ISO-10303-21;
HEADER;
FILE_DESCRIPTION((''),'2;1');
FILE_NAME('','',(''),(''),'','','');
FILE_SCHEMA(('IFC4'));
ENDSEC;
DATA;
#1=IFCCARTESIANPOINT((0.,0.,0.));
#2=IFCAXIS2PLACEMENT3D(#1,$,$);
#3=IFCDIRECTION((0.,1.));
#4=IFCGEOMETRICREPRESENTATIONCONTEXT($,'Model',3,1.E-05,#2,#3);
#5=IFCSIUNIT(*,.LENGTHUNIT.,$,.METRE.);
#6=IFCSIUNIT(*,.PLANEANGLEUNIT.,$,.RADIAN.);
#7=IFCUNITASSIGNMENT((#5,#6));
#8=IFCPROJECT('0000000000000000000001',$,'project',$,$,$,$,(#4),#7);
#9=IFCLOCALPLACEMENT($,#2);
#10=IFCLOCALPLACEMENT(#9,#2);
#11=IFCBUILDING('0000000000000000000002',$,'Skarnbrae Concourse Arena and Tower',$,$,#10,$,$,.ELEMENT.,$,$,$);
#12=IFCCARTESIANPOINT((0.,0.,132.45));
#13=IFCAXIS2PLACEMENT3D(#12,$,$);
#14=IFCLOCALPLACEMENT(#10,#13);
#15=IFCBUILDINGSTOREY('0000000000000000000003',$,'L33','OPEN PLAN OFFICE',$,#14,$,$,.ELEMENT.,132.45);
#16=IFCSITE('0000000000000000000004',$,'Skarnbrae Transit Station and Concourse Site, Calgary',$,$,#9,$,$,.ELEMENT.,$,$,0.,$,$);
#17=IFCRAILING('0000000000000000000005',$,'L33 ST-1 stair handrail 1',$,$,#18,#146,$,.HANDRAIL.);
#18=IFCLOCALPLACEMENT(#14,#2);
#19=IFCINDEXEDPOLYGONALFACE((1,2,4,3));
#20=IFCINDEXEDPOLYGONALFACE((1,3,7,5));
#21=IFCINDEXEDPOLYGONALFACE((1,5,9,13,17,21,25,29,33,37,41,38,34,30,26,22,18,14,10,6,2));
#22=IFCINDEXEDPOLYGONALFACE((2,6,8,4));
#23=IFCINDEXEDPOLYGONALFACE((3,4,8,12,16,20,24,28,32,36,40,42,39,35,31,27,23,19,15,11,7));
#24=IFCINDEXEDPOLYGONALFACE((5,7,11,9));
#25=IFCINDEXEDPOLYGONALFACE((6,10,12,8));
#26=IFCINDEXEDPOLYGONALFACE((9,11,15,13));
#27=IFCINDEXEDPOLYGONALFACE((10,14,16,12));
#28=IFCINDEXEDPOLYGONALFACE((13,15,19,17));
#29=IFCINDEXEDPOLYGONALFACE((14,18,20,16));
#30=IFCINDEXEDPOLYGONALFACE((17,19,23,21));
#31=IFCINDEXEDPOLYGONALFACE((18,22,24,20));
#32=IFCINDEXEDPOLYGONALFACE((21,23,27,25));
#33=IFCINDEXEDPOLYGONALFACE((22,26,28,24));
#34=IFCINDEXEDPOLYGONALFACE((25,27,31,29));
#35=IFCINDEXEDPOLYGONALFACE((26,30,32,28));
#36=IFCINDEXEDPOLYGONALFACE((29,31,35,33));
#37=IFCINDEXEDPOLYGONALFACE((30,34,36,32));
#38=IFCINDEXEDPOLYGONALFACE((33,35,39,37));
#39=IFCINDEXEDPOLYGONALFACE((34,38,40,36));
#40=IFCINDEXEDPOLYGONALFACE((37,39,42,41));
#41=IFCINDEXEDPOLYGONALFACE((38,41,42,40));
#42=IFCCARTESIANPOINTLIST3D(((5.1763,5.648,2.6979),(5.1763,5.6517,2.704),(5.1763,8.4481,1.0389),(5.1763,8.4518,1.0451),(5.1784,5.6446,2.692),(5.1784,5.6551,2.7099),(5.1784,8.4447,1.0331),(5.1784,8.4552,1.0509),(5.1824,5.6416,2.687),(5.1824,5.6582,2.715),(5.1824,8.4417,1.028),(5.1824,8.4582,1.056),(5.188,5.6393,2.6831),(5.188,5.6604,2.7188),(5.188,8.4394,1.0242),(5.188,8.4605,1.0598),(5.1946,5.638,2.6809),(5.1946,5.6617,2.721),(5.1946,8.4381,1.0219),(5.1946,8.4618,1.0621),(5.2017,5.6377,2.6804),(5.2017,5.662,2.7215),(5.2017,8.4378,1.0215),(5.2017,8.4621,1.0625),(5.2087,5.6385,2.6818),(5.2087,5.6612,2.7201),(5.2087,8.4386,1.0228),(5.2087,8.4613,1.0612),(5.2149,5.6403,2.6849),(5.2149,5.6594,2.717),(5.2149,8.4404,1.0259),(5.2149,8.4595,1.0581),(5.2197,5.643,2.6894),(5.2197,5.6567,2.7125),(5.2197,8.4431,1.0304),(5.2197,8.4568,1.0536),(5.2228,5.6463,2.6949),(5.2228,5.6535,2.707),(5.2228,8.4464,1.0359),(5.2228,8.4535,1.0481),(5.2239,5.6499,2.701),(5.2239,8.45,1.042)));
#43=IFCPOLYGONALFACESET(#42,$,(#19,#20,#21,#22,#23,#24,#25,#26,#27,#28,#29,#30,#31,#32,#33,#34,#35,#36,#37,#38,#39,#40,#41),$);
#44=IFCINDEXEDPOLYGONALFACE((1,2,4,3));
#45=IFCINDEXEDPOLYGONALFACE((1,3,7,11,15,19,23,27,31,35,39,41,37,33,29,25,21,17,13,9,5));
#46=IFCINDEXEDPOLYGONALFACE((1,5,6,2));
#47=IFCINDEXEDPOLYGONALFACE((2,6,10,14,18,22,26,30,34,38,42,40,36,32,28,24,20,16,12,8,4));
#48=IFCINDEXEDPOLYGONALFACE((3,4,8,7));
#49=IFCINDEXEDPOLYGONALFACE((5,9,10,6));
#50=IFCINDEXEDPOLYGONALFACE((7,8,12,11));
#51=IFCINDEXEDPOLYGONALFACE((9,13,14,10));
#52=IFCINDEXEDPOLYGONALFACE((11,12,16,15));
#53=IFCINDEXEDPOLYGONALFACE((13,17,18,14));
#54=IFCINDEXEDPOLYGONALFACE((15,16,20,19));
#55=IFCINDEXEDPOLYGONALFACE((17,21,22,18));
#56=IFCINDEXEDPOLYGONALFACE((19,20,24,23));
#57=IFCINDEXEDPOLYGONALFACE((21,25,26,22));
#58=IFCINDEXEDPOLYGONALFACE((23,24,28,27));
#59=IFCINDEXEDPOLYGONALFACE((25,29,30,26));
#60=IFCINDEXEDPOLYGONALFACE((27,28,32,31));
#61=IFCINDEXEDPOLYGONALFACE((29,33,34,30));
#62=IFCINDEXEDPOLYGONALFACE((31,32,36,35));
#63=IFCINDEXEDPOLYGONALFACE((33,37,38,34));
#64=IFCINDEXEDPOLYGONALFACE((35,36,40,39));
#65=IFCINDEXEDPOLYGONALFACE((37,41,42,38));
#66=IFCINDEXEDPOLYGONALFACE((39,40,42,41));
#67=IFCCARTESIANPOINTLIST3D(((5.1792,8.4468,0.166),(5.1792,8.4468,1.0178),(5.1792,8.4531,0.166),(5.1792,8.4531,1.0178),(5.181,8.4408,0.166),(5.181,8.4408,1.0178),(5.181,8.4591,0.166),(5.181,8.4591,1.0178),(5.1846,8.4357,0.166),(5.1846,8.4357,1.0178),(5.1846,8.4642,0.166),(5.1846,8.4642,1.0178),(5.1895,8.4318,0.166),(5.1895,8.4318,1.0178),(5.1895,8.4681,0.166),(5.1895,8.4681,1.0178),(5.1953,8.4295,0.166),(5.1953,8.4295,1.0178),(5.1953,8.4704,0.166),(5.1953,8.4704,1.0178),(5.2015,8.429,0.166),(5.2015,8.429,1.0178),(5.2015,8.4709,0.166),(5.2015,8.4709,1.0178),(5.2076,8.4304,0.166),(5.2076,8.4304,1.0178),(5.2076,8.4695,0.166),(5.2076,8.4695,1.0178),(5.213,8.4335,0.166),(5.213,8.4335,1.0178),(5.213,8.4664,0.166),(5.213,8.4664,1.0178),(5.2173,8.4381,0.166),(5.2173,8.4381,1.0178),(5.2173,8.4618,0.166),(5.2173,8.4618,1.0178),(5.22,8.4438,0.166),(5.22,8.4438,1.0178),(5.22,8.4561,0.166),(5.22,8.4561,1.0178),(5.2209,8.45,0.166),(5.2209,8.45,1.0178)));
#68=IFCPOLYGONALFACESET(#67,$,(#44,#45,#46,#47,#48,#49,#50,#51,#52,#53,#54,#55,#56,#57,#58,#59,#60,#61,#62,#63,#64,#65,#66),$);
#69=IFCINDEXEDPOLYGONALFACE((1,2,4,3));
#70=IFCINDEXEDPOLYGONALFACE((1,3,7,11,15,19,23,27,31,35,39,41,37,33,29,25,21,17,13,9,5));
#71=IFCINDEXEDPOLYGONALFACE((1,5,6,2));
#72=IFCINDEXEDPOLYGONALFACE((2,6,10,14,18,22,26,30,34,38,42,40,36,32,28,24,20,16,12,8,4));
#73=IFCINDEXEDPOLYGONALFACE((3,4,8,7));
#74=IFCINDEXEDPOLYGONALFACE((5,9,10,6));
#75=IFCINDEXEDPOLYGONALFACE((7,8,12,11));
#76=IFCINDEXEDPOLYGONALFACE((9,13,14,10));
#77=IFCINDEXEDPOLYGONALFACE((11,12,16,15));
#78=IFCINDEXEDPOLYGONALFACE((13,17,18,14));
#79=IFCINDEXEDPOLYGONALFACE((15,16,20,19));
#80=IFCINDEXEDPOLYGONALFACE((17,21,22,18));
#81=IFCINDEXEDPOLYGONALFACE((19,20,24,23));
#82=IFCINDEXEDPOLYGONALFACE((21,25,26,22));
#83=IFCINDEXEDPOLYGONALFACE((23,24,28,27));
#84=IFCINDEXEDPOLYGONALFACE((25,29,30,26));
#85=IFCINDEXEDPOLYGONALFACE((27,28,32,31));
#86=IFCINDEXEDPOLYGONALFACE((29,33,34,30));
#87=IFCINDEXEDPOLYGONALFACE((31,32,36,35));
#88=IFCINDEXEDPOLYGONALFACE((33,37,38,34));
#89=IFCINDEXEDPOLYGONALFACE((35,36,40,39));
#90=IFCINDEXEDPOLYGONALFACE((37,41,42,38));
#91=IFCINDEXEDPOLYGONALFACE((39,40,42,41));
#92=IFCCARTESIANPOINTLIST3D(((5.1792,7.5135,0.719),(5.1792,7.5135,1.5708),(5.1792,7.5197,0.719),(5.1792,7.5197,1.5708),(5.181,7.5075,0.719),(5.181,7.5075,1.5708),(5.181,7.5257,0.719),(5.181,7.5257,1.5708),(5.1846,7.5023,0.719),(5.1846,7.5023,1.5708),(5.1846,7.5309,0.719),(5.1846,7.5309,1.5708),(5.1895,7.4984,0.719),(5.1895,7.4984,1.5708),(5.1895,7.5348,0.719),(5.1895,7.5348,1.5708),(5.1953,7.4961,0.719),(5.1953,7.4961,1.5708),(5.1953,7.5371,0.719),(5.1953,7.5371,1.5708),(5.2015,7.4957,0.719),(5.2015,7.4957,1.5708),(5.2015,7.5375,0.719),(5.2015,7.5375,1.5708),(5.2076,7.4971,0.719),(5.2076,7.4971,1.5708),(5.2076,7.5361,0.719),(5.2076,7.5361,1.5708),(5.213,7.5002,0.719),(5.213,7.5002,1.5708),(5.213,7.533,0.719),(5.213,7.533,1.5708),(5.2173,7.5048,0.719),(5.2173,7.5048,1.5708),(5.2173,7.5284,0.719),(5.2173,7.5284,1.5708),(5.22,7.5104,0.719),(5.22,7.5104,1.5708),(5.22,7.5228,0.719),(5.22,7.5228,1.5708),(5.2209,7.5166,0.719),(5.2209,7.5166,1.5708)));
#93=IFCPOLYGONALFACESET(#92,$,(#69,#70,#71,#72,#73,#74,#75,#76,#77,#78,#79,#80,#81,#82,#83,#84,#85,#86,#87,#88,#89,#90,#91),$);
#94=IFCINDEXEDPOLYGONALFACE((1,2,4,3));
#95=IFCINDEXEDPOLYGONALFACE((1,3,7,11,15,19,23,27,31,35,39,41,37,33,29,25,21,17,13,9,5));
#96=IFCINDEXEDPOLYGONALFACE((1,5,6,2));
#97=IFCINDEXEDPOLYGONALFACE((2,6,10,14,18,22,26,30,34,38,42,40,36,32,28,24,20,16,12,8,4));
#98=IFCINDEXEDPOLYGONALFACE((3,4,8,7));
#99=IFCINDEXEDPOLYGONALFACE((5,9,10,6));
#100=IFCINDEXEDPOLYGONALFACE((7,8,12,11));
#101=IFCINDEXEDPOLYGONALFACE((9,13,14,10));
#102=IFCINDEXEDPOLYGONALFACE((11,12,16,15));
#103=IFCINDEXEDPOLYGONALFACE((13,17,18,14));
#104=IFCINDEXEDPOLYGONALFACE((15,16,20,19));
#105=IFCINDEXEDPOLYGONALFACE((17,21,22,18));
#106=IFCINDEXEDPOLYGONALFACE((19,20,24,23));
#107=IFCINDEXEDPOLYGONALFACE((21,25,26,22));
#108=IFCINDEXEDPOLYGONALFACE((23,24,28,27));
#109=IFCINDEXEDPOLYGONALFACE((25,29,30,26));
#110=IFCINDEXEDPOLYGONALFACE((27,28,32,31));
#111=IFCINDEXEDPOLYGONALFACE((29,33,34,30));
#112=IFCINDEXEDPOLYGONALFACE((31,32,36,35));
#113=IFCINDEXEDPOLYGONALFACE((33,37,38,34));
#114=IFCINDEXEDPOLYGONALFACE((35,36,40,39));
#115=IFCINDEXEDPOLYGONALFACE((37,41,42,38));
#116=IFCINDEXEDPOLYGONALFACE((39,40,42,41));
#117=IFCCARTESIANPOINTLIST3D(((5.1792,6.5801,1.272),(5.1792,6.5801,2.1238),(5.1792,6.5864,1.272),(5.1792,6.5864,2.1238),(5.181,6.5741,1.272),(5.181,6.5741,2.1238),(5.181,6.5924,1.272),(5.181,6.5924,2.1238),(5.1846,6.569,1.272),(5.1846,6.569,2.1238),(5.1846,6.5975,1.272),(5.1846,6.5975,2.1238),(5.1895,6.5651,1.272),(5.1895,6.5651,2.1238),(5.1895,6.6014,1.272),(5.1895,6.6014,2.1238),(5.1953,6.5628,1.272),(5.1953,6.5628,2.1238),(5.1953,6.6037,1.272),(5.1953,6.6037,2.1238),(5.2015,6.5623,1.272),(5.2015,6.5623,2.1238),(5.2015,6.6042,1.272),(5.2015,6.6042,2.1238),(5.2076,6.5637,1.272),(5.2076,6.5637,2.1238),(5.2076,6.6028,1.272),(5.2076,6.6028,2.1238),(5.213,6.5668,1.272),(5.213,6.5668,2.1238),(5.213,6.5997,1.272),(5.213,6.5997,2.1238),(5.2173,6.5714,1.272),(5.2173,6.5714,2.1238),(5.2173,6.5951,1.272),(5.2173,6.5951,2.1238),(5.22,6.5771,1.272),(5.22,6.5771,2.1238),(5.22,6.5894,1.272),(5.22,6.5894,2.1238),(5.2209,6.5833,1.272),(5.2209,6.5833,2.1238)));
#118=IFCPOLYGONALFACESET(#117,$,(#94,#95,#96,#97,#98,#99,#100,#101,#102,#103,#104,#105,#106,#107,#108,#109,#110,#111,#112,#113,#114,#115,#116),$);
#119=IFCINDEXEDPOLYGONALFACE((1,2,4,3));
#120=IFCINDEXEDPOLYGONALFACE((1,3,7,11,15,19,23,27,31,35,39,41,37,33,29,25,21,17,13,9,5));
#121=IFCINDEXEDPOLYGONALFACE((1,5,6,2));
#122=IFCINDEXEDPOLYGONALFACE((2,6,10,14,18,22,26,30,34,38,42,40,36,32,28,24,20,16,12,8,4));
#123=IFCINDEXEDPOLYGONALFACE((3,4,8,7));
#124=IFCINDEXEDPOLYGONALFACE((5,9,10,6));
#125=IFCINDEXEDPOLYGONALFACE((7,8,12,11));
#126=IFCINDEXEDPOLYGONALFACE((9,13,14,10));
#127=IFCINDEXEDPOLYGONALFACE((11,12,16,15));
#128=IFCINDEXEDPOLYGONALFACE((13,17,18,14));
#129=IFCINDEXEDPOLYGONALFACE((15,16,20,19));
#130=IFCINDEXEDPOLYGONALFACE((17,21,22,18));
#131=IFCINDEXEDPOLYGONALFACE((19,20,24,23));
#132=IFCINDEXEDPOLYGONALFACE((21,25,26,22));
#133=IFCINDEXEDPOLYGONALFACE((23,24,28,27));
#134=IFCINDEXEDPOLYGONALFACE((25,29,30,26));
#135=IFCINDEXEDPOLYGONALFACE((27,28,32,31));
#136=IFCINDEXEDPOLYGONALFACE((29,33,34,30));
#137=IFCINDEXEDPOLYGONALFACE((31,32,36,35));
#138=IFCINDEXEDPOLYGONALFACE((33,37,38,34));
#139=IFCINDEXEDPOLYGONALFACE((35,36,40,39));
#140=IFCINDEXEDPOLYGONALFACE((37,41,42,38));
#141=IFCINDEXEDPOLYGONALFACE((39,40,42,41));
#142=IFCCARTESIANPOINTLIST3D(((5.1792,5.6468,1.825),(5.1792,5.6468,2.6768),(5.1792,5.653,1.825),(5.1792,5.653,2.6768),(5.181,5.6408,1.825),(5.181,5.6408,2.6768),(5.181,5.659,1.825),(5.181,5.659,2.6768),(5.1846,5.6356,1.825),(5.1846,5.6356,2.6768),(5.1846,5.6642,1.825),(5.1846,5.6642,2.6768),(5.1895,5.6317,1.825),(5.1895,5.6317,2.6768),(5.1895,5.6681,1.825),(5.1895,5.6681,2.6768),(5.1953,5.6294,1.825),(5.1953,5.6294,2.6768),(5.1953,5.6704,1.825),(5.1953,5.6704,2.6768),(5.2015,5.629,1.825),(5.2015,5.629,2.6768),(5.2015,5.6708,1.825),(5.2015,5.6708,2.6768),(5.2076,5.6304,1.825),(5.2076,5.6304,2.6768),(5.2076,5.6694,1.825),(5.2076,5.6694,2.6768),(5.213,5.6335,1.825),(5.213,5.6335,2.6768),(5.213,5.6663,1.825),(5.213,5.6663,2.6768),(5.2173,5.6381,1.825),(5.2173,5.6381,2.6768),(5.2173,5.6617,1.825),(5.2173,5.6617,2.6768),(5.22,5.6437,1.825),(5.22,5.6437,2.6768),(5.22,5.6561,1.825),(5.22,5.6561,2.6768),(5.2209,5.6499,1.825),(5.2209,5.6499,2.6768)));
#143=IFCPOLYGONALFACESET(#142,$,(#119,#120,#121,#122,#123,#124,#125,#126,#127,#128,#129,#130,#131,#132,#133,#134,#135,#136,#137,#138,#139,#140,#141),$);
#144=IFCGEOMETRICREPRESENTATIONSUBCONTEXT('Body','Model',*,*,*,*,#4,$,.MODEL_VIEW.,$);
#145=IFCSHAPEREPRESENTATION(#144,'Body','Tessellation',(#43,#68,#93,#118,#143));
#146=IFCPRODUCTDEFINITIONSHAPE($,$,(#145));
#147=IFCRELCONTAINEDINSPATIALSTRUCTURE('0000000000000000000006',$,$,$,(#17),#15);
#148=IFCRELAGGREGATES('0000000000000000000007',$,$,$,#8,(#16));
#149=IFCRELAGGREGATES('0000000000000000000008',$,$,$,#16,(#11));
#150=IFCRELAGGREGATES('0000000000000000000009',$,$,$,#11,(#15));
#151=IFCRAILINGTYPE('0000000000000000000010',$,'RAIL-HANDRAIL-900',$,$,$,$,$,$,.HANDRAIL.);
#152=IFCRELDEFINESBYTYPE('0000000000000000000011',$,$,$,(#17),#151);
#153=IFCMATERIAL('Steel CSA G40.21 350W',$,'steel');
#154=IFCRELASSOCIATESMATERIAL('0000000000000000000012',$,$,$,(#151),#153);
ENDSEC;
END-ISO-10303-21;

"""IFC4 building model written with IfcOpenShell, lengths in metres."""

from ifc_helpers import new_model, si_unit, direction, frame, origin, origin_2d, place, context, subcontext, project, spatial, circle, extrude, material, type_object, element, save


model = new_model("IFC4")

# Units and contexts
model_context = context("Model", 3, precision=1e-05, world=origin(), true_north=direction((0.0, 1.0)))
body_context = subcontext(model_context, "Body", "Model", "MODEL_VIEW")
ifc_project = project(units=[si_unit("LENGTHUNIT", "METRE"), si_unit("PLANEANGLEUNIT", "RADIAN")], contexts=[model_context])

# Site, building, storey
site_placement = place(None, origin())
site = spatial("IfcSite", under=ifc_project, at=site_placement, Name="Skarnbrae Transit Station and Concourse Site, Calgary", CompositionType="ELEMENT", RefElevation=0.0)
building_placement = place(site_placement, origin())
building = spatial("IfcBuilding", under=site, at=building_placement, Name="Skarnbrae Concourse Arena and Tower", CompositionType="ELEMENT")
storey_placement = place(building_placement, frame((0.0, 0.0, 132.45)))
storey = spatial("IfcBuildingStorey", under=building, at=storey_placement, Name="L33", Description="OPEN PLAN OFFICE", CompositionType="ELEMENT", Elevation=132.45)

# Railing
ifc_material_1 = material(Name="Steel CSA G40.21 350W", Category="steel")
railing_type_1 = type_object("IfcRailingType", Name="RAIL-HANDRAIL-900", PredefinedType="HANDRAIL", material=ifc_material_1)
railing_1_placement = place(storey_placement, frame((5.2, 8.45, 0.166)))
element("IfcRailing", 1, at=railing_1_placement, inside=storey, type_object=railing_type_1, Name="L33 ST-1 stair handrail 1", PredefinedType="HANDRAIL", context=body_context, shape_type="SweptSolid", body=[
    extrude(circle(Radius=0.0239, at=origin_2d()), frame((0.0, 0.0, 0.876), z_axis=(0.0, -0.860339, 0.509722), x_axis=(1.0, 0.0, 0.0)), (0.0, 0.0, 1.0), 3.2546),
    extrude(circle(Radius=0.021, at=origin_2d()), origin(), (0.0, 0.0, 1.0), 0.8518),
    extrude(circle(Radius=0.021, at=origin_2d()), frame((0.0, -0.9333, 0.553)), (0.0, 0.0, 1.0), 0.8518),
    extrude(circle(Radius=0.021, at=origin_2d()), frame((0.0, -1.8667, 1.106)), (0.0, 0.0, 1.0), 0.8518),
    extrude(circle(Radius=0.021, at=origin_2d()), frame((0.0, -2.8, 1.6589)), (0.0, 0.0, 1.0), 0.8518),
])

save(model, "model.ifc")
